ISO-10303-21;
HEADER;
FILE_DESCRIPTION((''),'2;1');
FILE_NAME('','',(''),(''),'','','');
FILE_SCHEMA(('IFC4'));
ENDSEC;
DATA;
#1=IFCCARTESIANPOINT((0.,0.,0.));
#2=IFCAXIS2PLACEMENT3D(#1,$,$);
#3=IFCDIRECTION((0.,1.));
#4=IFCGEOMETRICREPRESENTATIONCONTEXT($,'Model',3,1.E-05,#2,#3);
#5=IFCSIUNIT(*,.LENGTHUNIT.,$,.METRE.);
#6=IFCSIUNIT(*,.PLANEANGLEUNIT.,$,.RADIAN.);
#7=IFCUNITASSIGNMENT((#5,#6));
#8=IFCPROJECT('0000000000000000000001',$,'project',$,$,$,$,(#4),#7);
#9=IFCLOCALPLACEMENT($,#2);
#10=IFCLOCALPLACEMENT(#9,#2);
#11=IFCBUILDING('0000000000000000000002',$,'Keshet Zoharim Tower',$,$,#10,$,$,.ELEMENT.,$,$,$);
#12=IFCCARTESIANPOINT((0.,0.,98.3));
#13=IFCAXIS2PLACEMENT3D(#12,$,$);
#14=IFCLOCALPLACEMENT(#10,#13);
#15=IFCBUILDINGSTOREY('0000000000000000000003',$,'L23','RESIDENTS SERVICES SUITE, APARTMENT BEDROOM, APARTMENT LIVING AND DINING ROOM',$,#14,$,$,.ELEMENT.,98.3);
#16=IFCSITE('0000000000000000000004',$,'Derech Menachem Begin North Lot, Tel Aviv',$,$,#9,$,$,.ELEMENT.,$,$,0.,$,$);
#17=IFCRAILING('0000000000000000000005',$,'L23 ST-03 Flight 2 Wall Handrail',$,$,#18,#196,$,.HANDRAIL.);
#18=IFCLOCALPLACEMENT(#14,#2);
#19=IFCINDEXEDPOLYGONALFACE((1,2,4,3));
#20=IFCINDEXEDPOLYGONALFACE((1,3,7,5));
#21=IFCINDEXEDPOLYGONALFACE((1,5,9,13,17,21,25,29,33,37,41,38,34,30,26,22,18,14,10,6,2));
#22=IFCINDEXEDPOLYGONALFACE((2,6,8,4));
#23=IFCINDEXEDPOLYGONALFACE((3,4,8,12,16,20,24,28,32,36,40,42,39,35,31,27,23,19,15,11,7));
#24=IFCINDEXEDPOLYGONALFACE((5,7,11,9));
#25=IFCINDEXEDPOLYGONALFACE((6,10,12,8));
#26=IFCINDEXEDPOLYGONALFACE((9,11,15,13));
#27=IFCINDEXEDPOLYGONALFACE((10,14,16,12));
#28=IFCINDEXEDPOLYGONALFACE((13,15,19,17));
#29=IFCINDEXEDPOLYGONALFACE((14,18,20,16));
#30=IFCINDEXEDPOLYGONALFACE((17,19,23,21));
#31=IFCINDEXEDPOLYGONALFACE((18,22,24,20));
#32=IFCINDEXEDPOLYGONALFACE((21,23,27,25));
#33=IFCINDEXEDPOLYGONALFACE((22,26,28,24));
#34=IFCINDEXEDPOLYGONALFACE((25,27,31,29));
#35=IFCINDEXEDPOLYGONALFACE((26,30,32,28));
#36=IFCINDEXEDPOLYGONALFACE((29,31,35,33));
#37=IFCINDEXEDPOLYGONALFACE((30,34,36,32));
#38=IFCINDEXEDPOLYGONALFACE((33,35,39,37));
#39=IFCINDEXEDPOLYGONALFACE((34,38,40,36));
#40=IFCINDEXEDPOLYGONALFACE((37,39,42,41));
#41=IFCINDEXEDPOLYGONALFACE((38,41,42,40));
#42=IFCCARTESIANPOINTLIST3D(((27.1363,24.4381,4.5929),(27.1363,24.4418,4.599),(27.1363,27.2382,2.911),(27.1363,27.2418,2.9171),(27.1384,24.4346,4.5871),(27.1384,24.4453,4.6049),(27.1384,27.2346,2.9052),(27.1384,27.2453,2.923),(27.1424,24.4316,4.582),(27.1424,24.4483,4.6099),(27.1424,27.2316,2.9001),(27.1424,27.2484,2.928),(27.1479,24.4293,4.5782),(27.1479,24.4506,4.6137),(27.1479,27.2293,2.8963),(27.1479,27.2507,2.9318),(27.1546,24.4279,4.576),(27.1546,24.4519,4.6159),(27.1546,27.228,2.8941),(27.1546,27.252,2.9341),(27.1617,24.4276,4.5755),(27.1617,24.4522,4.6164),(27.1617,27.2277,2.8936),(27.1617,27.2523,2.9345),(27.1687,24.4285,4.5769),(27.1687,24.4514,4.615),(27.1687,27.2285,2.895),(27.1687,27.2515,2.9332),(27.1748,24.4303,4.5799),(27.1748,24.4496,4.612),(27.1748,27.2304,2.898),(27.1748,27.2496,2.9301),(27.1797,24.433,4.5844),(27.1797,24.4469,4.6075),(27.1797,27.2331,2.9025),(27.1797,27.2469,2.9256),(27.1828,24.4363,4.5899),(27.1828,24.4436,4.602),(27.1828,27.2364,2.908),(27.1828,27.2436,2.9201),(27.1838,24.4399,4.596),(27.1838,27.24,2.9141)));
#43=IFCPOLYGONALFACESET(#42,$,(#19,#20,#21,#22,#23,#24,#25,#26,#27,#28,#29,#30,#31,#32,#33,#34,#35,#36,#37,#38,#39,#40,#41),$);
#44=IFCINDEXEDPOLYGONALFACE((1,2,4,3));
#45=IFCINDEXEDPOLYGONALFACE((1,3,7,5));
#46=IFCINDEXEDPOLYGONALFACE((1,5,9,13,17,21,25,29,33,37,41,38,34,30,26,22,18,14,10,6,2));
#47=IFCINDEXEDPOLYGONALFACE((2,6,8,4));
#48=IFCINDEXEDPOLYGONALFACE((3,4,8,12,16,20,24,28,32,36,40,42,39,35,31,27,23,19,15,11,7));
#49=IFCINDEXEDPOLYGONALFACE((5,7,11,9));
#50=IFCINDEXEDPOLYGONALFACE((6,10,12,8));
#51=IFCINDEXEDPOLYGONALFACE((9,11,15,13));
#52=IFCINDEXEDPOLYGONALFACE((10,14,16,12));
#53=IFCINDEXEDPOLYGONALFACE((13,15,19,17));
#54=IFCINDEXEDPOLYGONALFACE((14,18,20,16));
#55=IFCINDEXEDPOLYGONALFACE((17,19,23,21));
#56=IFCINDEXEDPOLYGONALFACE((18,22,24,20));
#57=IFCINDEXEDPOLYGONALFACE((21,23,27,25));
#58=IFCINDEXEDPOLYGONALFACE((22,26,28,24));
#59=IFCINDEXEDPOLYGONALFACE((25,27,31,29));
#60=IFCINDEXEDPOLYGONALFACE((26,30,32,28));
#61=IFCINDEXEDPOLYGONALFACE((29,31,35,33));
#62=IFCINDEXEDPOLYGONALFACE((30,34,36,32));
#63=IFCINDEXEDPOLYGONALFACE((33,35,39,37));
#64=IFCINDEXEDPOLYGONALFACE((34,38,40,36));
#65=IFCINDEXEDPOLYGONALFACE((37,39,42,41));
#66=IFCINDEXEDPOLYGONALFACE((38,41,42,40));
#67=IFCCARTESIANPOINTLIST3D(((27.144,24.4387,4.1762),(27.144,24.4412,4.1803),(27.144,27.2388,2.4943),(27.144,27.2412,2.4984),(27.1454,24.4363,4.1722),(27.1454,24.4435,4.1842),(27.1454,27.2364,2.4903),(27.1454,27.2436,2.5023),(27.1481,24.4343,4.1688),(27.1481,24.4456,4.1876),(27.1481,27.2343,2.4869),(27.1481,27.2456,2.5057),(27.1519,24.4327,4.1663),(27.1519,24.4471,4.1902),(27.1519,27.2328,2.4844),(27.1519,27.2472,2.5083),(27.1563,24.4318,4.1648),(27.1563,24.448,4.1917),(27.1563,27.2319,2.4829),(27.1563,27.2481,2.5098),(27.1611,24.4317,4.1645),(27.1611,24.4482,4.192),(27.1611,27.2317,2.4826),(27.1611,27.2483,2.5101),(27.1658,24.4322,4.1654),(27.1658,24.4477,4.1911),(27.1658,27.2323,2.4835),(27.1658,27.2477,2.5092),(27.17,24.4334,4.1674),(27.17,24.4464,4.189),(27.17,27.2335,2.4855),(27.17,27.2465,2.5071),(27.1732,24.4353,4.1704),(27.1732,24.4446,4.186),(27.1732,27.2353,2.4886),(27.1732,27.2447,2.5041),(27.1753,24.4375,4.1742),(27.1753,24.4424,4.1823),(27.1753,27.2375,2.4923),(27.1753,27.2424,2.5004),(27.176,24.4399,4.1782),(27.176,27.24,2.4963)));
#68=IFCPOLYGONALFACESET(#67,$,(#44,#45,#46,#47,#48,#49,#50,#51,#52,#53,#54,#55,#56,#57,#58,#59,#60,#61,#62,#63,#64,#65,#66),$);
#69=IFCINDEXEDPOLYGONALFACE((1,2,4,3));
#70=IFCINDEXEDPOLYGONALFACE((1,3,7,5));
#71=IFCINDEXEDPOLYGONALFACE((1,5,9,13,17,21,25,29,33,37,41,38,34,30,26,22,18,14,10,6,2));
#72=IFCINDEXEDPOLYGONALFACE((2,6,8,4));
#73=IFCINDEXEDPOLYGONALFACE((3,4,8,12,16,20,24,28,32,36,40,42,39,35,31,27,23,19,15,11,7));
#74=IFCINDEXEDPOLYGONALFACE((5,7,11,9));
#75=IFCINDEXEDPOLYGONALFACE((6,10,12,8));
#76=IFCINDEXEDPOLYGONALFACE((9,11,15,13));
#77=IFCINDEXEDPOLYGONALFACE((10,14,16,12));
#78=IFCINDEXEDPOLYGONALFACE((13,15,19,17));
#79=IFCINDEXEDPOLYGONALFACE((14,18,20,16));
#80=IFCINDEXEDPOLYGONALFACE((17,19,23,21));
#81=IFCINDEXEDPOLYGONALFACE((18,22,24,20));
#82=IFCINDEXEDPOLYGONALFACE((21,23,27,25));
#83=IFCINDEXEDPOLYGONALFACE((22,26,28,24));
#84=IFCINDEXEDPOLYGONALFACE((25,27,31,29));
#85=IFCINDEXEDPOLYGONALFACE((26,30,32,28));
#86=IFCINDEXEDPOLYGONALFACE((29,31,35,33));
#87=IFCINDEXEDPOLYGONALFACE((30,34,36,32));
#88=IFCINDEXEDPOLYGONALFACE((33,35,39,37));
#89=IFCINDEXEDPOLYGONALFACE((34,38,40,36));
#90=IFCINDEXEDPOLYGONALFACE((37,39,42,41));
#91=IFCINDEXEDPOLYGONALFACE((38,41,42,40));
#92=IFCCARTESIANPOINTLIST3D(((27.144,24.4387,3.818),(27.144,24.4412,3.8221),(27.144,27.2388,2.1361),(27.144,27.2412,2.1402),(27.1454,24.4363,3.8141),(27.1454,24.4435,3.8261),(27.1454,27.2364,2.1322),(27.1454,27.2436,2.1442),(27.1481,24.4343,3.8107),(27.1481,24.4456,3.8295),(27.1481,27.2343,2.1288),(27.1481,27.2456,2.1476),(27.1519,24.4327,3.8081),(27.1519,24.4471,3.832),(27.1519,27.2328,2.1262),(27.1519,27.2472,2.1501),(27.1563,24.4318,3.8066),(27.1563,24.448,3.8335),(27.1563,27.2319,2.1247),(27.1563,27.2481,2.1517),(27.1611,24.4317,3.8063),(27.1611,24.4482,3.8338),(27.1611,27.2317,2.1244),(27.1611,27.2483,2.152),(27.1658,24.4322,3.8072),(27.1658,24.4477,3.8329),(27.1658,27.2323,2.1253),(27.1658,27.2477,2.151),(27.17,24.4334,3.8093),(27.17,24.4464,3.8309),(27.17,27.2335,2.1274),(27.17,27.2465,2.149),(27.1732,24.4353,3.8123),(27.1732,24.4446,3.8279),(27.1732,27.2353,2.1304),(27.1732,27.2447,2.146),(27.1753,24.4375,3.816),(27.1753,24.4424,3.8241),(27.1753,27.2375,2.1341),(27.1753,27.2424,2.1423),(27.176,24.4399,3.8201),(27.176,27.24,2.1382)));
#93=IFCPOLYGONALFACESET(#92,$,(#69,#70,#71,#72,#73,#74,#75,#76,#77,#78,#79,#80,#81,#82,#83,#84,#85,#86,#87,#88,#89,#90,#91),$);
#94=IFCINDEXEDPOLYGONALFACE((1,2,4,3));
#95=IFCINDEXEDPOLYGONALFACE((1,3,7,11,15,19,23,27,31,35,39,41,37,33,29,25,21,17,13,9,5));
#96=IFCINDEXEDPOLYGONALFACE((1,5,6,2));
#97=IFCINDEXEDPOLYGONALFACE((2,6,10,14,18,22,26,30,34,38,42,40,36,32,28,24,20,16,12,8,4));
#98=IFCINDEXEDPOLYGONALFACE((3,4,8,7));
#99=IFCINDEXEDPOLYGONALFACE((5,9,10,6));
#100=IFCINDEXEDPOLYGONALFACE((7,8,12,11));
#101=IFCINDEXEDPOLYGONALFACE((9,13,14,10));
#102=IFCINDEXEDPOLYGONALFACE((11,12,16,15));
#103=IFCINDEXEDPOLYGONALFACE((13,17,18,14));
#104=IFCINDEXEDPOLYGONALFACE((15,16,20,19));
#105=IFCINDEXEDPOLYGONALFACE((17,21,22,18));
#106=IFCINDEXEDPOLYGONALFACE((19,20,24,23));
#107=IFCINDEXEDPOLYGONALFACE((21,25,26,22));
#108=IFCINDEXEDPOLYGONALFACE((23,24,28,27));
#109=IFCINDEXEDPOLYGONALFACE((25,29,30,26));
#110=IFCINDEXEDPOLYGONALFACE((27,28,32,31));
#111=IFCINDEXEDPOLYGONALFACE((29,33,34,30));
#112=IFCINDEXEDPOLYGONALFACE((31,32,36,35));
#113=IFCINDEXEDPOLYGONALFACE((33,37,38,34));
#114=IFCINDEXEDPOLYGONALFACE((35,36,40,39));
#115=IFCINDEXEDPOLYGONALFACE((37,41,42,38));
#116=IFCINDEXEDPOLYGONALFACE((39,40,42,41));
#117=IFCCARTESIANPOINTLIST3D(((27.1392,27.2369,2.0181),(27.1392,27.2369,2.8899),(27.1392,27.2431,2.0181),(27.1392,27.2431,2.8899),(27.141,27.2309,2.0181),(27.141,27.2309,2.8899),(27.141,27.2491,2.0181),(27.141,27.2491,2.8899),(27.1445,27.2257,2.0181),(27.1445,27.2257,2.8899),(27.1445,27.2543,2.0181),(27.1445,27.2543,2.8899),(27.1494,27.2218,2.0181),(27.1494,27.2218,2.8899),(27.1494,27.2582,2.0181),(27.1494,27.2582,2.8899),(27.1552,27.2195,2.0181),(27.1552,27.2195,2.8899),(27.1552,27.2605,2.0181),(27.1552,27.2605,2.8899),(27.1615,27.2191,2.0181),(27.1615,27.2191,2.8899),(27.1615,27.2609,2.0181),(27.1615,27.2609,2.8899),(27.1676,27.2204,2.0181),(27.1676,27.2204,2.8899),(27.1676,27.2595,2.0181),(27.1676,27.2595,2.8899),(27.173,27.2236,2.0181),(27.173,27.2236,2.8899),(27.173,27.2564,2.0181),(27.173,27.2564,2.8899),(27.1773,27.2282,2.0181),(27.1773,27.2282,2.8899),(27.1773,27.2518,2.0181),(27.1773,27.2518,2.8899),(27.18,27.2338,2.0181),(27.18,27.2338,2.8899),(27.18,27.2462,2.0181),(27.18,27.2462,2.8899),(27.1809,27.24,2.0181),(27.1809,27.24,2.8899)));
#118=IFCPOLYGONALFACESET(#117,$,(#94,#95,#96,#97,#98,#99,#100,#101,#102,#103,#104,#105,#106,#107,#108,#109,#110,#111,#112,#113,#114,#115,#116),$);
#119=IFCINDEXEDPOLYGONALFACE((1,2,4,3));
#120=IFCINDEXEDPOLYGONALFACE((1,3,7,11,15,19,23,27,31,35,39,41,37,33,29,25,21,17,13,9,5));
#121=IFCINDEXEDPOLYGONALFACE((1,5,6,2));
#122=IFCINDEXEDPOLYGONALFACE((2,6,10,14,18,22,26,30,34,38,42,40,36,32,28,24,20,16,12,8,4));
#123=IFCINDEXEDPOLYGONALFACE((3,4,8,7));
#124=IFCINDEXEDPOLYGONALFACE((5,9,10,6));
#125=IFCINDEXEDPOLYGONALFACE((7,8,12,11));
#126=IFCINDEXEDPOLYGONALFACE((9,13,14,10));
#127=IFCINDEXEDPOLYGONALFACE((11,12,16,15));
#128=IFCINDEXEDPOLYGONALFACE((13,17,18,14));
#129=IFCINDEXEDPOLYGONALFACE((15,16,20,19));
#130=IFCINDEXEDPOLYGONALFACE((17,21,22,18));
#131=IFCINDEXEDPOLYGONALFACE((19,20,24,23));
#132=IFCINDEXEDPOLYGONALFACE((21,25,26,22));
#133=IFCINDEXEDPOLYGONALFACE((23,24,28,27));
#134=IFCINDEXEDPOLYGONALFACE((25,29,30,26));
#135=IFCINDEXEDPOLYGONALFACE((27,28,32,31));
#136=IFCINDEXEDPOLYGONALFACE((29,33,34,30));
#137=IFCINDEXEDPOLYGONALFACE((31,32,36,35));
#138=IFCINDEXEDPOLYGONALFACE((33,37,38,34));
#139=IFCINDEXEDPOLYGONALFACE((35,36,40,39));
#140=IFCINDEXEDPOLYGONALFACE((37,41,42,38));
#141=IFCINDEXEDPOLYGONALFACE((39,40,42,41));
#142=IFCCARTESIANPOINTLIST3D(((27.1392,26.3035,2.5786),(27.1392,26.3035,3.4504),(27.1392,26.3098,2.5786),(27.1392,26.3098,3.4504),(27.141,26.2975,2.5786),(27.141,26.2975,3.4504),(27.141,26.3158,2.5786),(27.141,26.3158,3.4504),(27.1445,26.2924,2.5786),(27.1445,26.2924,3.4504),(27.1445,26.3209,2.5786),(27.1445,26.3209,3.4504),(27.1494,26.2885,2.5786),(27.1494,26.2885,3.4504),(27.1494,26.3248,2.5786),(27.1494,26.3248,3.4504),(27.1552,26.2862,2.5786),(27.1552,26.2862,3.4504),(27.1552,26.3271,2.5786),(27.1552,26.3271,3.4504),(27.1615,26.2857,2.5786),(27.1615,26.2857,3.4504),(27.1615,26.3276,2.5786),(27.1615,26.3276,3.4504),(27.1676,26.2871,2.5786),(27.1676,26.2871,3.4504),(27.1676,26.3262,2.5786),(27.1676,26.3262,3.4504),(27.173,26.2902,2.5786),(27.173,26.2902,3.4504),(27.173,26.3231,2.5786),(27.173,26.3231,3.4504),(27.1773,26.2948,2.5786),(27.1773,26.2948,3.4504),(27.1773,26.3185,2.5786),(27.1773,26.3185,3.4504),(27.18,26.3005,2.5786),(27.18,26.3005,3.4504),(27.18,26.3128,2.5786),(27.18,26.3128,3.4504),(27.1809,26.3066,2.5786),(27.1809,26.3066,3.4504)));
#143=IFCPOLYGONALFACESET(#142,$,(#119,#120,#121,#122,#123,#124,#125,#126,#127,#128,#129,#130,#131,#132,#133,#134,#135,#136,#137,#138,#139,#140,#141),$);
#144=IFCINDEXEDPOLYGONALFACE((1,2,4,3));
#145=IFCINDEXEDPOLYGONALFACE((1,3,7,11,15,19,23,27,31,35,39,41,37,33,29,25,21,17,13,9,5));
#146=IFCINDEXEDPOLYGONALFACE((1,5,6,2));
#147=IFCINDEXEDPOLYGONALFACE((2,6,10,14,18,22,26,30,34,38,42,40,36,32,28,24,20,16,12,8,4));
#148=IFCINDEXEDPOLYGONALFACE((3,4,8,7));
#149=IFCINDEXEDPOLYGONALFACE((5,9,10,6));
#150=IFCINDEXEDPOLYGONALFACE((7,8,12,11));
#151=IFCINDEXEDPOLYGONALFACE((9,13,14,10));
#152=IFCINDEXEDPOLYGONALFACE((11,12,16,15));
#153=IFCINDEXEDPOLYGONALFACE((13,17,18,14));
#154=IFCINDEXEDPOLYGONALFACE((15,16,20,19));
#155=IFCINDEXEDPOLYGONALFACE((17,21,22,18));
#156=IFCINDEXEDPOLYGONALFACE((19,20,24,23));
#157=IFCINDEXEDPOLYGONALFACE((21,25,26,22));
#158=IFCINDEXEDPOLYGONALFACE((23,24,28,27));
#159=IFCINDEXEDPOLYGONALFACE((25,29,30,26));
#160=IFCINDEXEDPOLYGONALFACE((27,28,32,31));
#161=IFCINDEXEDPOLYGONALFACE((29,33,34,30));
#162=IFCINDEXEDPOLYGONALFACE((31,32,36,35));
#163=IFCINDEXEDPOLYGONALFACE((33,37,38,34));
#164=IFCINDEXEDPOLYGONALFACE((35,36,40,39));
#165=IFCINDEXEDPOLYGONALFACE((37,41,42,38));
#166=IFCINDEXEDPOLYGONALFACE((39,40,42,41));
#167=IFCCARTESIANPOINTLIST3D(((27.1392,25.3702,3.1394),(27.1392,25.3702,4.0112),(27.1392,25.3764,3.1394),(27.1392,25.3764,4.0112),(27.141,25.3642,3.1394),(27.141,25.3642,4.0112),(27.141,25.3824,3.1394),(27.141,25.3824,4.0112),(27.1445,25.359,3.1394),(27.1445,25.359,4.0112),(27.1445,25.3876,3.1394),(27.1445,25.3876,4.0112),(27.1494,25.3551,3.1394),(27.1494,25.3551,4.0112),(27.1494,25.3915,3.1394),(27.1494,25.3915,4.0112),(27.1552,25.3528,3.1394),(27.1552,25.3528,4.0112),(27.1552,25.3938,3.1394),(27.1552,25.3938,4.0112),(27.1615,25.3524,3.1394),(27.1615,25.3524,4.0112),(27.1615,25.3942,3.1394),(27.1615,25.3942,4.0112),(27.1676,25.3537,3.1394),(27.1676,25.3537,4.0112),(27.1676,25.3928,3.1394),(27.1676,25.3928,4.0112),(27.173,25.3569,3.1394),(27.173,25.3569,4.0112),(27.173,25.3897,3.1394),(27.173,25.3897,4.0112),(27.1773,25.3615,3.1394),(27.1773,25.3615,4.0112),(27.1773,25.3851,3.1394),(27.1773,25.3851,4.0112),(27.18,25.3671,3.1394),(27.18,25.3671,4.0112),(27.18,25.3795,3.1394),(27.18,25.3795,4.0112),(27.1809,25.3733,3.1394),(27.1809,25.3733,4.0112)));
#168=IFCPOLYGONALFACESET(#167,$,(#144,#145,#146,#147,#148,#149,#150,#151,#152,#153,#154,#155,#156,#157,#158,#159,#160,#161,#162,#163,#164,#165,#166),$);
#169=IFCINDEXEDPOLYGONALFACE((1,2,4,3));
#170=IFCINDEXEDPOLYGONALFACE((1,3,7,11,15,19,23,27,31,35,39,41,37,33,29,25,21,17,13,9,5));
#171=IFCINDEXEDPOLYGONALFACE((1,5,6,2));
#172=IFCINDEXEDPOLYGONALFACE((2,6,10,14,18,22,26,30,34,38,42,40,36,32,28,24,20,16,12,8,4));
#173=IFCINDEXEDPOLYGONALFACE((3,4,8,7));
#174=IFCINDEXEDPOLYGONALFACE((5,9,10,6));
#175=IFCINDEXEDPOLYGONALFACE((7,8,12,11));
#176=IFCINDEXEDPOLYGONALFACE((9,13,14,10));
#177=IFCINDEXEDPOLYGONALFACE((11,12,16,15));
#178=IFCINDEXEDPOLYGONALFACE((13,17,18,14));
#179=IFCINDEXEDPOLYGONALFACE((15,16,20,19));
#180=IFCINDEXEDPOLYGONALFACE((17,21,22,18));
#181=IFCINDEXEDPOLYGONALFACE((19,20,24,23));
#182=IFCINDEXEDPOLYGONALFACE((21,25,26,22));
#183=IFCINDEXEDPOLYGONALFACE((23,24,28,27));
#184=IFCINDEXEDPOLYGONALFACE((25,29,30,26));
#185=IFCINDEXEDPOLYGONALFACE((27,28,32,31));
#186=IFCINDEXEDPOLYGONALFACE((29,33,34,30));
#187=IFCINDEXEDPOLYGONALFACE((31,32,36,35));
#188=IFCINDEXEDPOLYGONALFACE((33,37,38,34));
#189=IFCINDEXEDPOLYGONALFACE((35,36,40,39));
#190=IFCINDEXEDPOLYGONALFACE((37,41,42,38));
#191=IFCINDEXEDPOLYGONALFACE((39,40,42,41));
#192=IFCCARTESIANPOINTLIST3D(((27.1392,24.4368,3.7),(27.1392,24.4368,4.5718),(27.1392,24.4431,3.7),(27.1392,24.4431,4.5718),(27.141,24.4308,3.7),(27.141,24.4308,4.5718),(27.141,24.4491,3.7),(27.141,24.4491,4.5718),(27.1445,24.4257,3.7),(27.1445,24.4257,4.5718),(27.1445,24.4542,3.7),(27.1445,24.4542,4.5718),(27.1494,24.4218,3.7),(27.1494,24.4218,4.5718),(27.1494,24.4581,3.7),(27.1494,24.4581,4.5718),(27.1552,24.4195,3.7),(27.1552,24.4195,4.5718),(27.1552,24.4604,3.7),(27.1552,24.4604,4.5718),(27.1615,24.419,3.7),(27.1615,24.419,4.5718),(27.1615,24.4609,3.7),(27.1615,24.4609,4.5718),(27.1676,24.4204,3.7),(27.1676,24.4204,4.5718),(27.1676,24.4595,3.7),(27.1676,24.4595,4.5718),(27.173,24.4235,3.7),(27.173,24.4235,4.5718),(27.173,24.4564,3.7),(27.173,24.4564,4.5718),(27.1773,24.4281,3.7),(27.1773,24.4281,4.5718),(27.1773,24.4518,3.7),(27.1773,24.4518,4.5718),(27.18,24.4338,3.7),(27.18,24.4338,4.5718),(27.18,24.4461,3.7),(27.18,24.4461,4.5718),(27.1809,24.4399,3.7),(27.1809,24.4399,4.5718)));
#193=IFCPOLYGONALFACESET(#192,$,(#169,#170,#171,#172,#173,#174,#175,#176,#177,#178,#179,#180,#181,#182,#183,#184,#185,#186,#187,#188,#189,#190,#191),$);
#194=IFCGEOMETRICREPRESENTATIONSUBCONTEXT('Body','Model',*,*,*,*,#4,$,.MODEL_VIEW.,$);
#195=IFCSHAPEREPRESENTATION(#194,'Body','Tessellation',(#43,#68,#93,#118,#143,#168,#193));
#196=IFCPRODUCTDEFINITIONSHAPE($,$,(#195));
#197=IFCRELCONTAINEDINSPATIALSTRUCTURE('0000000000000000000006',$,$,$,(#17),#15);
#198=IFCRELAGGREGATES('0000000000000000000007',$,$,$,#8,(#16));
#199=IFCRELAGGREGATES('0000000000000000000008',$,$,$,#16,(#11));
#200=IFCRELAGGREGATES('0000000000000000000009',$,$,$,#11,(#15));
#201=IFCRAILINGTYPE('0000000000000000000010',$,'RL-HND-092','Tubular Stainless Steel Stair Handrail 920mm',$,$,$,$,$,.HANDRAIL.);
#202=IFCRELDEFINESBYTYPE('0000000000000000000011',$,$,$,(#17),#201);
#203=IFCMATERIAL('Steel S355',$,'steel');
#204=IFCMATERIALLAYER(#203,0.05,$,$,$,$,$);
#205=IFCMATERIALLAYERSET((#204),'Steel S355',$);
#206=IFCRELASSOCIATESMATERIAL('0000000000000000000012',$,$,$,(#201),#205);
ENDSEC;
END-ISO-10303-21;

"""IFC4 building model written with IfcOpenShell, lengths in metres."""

from ifc_helpers import new_model, si_unit, direction, frame, origin, origin_2d, place, context, subcontext, project, spatial, circle, extrude, material, layer, layer_set, type_object, element, save


model = new_model("IFC4")

# Units and contexts
model_context = context("Model", 3, precision=1e-05, world=origin(), true_north=direction((0.0, 1.0)))
body_context = subcontext(model_context, "Body", "Model", "MODEL_VIEW")
ifc_project = project(units=[si_unit("LENGTHUNIT", "METRE"), si_unit("PLANEANGLEUNIT", "RADIAN")], contexts=[model_context])

# Site, building, storey
site_placement = place(None, origin())
site = spatial("IfcSite", under=ifc_project, at=site_placement, Name="Derech Menachem Begin North Lot, Tel Aviv", CompositionType="ELEMENT", RefElevation=0.0)
building_placement = place(site_placement, origin())
building = spatial("IfcBuilding", under=site, at=building_placement, Name="Keshet Zoharim Tower", CompositionType="ELEMENT")
storey_placement = place(building_placement, frame((0.0, 0.0, 98.3)))
storey = spatial("IfcBuildingStorey", under=building, at=storey_placement, Name="L23", Description="RESIDENTS SERVICES SUITE, APARTMENT BEDROOM, APARTMENT LIVING AND DINING ROOM", CompositionType="ELEMENT", Elevation=98.3)

# Shared definitions
ifc_material_1 = material(Name="Steel S355", Category="steel")

# Railing
ifc_layer_1 = layer(ifc_material_1, 0.05)
ifc_layer_set_1 = layer_set([ifc_layer_1], Name="Steel S355")
railing_type_1 = type_object("IfcRailingType", Name="RL-HND-092", Description="Tubular Stainless Steel Stair Handrail 920mm", PredefinedType="HANDRAIL", material=ifc_layer_set_1)
for number, where, name in (
    (1, (27.1599, 27.24, 2.0181), "L23 ST-03 Flight 2 Wall Handrail"),
):
    element("IfcRailing", number, at=place(storey_placement, frame(where)), inside=storey, type_object=railing_type_1, Name=name, PredefinedType="HANDRAIL", context=body_context, shape_type="SweptSolid", body=[
        extrude(circle(Radius=0.0239, at=origin_2d()), frame((0.0, 0.0, 0.896), z_axis=(0.0, -0.857242, 0.514913), x_axis=(1.0, 0.0, 0.0)), (0.0, 0.0, 1.0), 3.2664),
        extrude(circle(Radius=0.0161, at=origin_2d()), frame((0.0, 0.0, 0.4783), z_axis=(0.0, -0.857242, 0.514913), x_axis=(1.0, 0.0, 0.0)), (0.0, 0.0, 1.0), 3.2664),
        extrude(circle(Radius=0.0161, at=origin_2d()), frame((0.0, 0.0, 0.1201), z_axis=(0.0, -0.857242, 0.514913), x_axis=(1.0, 0.0, 0.0)), (0.0, 0.0, 1.0), 3.2664),
        extrude(circle(Radius=0.021, at=origin_2d()), origin(), (0.0, 0.0, 1.0), 0.8718),
        extrude(circle(Radius=0.021, at=origin_2d()), frame((0.0, -0.9333, 0.5605)), (0.0, 0.0, 1.0), 0.8718),
        extrude(circle(Radius=0.021, at=origin_2d()), frame((0.0, -1.8667, 1.1213)), (0.0, 0.0, 1.0), 0.8718),
        extrude(circle(Radius=0.021, at=origin_2d()), frame((0.0, -2.8, 1.6819)), (0.0, 0.0, 1.0), 0.8718),
    ])

save(model, "model.ifc")
